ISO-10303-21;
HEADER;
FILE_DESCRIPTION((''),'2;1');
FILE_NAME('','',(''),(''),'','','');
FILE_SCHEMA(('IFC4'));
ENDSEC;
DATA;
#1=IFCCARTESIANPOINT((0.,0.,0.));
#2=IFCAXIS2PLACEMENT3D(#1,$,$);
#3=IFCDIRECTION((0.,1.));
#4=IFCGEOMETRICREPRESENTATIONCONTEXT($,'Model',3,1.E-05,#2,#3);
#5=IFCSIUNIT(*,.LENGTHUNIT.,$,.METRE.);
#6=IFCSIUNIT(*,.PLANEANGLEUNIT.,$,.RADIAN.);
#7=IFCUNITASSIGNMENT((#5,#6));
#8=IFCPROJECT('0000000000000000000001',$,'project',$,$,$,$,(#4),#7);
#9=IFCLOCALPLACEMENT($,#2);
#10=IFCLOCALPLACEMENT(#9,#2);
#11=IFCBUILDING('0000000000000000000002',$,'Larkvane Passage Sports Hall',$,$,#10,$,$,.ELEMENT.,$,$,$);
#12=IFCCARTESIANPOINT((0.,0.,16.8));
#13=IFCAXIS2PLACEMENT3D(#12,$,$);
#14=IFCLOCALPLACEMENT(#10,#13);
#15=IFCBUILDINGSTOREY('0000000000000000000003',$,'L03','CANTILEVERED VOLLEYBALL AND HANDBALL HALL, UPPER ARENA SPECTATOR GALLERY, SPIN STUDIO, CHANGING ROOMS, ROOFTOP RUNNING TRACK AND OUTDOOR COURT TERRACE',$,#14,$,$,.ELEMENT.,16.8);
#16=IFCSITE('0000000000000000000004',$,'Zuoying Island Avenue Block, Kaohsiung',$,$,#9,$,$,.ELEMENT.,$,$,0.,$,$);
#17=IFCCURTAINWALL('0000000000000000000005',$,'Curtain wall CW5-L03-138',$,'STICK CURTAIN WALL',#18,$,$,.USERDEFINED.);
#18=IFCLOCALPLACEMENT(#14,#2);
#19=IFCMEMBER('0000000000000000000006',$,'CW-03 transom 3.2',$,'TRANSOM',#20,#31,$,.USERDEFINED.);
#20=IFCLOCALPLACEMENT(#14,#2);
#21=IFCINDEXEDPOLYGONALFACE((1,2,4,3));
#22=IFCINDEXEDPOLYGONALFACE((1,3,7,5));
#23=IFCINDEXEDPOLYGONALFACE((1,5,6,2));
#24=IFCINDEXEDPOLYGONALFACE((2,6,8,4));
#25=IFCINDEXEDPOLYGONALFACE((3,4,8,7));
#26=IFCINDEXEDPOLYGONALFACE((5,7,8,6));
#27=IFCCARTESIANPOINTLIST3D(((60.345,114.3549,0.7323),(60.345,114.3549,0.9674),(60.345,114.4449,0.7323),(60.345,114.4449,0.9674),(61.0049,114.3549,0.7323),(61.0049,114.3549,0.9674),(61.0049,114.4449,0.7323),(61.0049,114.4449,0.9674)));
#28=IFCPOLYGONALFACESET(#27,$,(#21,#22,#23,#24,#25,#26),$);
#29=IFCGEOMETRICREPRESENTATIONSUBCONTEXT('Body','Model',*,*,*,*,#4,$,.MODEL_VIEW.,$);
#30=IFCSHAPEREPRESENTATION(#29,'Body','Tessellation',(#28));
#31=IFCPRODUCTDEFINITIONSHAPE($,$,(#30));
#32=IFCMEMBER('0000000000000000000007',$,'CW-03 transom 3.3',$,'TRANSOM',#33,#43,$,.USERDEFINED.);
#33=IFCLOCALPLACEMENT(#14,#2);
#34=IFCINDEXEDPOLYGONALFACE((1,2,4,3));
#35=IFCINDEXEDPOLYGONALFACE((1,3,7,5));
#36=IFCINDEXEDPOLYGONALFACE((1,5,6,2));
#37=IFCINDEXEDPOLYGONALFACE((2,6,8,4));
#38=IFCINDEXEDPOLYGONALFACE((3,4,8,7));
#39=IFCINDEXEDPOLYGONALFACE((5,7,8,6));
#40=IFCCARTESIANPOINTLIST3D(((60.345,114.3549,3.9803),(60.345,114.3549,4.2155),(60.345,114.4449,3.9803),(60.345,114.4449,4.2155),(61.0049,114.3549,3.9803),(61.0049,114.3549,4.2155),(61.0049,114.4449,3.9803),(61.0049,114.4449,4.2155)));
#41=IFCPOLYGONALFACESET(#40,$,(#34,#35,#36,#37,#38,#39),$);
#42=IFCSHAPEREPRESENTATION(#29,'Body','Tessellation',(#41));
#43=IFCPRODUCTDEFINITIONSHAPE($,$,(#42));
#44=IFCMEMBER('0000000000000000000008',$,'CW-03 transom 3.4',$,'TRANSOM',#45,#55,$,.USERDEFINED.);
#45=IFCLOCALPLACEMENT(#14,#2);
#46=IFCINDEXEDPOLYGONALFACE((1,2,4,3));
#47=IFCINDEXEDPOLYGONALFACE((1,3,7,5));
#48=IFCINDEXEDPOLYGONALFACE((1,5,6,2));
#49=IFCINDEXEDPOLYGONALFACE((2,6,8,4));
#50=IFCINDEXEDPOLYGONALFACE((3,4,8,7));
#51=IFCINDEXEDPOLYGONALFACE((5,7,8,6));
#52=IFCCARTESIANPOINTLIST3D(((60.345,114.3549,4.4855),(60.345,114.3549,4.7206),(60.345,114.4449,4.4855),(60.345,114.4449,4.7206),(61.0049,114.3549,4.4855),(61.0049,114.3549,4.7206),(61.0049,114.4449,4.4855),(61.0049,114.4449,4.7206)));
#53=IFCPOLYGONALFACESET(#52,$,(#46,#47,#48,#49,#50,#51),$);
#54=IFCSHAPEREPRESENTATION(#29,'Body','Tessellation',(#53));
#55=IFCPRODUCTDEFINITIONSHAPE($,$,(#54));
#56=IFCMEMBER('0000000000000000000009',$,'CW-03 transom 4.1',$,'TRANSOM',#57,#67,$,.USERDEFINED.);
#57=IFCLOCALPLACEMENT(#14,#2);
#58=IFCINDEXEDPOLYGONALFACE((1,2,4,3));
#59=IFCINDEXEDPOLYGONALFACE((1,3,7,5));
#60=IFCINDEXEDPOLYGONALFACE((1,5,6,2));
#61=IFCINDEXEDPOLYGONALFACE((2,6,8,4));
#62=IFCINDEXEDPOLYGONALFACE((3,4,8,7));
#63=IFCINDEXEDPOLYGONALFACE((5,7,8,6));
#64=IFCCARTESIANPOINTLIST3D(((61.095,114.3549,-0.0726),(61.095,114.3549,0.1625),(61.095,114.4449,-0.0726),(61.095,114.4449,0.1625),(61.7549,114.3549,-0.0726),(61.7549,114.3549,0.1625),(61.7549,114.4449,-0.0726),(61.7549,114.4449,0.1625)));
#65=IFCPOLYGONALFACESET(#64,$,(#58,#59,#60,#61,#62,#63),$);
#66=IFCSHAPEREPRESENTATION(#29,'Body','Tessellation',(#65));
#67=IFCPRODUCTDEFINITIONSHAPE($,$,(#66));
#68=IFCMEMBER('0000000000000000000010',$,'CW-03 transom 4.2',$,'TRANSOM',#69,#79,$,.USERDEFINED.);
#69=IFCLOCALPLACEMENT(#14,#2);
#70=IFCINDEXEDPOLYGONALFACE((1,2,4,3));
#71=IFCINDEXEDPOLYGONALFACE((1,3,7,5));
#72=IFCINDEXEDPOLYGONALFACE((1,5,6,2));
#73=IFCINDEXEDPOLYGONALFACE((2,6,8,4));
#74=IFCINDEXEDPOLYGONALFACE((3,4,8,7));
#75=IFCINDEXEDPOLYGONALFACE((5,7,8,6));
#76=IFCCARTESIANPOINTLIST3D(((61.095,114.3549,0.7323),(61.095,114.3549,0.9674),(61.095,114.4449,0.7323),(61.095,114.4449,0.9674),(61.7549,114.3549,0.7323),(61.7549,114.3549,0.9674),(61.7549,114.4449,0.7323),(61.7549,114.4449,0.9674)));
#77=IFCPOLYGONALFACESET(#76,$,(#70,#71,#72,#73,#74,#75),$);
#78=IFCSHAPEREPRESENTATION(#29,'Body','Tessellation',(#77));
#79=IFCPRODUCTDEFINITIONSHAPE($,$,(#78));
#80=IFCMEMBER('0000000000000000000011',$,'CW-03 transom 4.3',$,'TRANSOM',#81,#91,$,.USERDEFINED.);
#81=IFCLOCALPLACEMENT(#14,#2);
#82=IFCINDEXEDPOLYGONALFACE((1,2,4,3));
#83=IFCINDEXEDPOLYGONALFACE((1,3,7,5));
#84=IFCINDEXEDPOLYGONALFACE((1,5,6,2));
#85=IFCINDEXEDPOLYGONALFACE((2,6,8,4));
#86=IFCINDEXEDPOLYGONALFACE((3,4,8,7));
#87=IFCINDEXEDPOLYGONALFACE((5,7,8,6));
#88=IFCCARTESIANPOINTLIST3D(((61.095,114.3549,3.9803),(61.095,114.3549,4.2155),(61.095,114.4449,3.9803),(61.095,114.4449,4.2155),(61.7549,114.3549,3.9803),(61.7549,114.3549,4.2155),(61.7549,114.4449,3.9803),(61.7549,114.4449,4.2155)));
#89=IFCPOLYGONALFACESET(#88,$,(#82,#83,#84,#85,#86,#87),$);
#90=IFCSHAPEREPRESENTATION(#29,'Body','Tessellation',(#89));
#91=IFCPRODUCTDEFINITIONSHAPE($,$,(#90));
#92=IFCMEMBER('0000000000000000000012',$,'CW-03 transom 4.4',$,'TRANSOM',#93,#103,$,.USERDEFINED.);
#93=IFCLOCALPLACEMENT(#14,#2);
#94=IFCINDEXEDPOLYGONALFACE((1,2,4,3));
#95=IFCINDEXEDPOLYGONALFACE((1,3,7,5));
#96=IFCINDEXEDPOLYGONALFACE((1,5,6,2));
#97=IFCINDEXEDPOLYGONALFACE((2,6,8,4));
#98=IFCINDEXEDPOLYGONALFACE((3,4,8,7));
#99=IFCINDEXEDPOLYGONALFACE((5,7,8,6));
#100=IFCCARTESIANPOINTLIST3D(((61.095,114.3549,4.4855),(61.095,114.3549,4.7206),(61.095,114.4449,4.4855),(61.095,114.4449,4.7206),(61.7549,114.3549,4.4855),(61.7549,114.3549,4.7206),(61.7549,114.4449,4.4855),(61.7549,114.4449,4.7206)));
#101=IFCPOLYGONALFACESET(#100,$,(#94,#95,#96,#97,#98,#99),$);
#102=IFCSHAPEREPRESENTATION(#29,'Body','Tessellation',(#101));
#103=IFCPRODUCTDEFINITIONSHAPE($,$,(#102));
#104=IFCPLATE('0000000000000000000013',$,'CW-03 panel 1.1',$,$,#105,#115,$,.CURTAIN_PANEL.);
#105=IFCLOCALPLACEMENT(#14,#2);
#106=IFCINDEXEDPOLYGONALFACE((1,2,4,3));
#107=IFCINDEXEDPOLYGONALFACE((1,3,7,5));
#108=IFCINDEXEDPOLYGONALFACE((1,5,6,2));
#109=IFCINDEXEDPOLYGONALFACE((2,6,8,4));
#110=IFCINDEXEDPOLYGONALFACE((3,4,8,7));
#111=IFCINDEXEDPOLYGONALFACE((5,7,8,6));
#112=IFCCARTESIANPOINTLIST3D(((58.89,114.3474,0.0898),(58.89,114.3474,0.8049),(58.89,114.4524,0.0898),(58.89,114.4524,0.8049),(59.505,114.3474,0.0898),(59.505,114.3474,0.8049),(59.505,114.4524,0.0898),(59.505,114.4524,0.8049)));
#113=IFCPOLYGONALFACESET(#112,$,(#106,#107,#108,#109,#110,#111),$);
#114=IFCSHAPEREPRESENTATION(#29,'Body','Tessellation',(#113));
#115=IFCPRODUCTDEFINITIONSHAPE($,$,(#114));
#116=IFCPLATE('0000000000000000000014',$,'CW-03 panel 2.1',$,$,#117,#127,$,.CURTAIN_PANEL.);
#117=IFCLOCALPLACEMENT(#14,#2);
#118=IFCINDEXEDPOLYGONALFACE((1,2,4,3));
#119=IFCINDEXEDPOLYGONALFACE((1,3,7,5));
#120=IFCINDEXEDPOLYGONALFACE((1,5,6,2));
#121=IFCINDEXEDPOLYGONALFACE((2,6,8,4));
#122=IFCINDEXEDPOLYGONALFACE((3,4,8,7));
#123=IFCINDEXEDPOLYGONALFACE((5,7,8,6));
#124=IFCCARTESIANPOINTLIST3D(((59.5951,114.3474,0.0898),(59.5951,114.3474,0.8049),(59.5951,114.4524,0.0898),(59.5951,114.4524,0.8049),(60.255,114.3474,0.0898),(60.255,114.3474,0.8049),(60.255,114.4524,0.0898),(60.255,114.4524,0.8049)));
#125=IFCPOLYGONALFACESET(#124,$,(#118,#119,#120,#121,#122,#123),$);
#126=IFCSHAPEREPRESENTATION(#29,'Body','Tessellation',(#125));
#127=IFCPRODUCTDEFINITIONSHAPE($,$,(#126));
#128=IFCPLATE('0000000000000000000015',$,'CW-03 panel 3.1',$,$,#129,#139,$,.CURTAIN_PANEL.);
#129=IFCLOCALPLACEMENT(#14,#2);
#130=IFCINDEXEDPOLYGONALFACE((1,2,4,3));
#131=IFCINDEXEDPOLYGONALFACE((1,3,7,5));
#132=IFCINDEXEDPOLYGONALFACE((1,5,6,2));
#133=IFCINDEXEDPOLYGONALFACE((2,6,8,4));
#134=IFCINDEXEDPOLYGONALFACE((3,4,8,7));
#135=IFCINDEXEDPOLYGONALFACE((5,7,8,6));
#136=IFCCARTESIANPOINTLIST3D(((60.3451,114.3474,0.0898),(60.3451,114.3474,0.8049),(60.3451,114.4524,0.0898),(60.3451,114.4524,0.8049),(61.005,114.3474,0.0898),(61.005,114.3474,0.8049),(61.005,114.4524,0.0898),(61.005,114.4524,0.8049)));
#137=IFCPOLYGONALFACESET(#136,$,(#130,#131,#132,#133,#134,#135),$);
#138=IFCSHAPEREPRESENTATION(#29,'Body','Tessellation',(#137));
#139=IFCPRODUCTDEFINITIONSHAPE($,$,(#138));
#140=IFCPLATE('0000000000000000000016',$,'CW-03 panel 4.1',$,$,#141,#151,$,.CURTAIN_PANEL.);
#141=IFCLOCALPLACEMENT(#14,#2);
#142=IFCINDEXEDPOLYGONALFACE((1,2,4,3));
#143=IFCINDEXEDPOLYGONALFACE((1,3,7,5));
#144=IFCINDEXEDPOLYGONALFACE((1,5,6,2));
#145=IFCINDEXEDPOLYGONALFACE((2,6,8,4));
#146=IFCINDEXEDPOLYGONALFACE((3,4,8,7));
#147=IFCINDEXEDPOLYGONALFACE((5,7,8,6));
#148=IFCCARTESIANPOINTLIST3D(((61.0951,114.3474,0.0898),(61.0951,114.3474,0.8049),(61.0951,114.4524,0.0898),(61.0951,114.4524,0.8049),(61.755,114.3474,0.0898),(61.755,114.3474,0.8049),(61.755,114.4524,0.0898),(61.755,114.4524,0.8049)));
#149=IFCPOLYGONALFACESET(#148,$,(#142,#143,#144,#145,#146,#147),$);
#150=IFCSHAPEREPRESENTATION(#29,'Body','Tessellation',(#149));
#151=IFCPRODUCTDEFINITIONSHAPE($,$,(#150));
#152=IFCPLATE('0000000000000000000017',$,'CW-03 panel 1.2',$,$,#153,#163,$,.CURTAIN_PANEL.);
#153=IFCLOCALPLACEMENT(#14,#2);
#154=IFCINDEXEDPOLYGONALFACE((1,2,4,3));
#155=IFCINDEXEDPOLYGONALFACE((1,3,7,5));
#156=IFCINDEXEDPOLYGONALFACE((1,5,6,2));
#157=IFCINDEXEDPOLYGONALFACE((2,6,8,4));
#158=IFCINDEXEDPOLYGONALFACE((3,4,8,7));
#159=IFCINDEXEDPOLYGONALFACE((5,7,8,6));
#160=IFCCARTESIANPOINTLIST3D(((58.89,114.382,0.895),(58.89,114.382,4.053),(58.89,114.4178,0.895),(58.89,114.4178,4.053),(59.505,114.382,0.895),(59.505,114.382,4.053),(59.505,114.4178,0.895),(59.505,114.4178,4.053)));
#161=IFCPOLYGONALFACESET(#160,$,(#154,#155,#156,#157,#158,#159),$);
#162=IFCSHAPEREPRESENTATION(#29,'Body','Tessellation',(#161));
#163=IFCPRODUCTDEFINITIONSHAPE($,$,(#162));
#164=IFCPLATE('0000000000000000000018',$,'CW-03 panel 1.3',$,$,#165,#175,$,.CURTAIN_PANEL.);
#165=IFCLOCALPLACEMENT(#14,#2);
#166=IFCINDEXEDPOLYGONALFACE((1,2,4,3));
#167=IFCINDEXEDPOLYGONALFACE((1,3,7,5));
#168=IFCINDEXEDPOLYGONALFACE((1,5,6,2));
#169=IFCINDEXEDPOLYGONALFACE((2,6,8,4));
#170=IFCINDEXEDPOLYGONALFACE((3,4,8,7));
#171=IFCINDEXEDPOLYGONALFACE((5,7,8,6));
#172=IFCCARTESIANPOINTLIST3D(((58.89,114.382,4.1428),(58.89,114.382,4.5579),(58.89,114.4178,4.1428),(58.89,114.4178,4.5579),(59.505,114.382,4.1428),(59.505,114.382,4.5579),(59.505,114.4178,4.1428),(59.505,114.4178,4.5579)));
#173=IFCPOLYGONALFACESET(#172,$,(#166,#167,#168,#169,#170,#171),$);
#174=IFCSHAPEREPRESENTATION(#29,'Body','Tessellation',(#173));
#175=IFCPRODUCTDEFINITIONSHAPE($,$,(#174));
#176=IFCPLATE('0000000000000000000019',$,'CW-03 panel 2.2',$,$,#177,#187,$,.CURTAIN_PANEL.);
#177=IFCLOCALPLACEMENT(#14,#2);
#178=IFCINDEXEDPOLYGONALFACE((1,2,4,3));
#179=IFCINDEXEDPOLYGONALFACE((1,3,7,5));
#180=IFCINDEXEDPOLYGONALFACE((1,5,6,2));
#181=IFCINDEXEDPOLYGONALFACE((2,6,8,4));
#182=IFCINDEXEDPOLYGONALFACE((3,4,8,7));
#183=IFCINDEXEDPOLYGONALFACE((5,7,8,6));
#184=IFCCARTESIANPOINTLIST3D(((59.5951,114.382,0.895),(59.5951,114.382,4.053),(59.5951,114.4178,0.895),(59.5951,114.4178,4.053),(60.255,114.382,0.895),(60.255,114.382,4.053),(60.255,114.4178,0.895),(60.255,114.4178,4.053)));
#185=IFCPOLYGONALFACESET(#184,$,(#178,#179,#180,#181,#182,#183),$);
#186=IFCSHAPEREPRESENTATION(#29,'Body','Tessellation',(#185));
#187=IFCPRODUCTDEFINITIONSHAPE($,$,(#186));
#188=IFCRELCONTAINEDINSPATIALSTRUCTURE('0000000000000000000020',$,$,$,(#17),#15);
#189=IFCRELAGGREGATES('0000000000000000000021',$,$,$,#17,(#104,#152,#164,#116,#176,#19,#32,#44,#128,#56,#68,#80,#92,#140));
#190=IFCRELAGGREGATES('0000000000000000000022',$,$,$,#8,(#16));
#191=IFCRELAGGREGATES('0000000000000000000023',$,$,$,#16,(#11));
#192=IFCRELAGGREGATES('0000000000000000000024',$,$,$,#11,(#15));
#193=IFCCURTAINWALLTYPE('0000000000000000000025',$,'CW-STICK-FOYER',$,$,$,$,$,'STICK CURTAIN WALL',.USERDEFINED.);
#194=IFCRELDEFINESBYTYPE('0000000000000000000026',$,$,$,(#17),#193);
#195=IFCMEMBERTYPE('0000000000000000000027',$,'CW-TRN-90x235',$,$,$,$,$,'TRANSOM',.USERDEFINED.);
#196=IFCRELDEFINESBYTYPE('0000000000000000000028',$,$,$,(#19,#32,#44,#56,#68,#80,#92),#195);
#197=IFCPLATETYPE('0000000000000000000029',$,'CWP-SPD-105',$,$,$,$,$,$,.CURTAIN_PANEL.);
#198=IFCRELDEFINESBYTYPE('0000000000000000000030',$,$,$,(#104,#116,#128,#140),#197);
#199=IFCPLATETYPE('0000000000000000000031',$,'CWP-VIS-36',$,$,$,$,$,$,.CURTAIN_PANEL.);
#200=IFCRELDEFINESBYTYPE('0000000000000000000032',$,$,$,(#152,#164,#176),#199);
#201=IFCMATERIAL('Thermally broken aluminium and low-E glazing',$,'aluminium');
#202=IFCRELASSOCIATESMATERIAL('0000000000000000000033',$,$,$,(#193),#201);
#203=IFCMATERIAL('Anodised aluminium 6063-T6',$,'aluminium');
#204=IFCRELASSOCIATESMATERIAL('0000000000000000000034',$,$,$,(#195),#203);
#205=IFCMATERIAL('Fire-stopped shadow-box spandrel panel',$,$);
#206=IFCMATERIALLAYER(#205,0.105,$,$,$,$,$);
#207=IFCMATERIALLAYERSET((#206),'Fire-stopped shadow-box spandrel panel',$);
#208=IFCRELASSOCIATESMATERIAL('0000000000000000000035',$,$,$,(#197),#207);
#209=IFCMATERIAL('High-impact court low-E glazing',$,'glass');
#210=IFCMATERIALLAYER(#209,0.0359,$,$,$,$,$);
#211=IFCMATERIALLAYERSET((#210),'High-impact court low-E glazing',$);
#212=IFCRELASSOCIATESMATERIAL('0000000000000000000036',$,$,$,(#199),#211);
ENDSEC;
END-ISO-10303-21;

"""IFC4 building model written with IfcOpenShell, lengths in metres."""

from ifc_helpers import new_model, si_unit, direction, frame, origin, origin_2d, place, context, subcontext, project, spatial, rectangle, extrude, material, layer, layer_set, material_profile, profile_set, type_object, element, aggregate, save


model = new_model("IFC4")

# Units and contexts
model_context = context("Model", 3, precision=1e-05, world=origin(), true_north=direction((0.0, 1.0)))
body_context = subcontext(model_context, "Body", "Model", "MODEL_VIEW")
ifc_project = project(units=[si_unit("LENGTHUNIT", "METRE"), si_unit("PLANEANGLEUNIT", "RADIAN")], contexts=[model_context])

# Site, building, storey
site_placement = place(None, origin())
site = spatial("IfcSite", under=ifc_project, at=site_placement, Name="Zuoying Island Avenue Block, Kaohsiung", CompositionType="ELEMENT", RefElevation=0.0)
building_placement = place(site_placement, origin())
building = spatial("IfcBuilding", under=site, at=building_placement, Name="Larkvane Passage Sports Hall", CompositionType="ELEMENT")
storey_placement = place(building_placement, frame((0.0, 0.0, 16.8)))
storey = spatial("IfcBuildingStorey", under=building, at=storey_placement, Name="L03", Description="CANTILEVERED VOLLEYBALL AND HANDBALL HALL, UPPER ARENA SPECTATOR GALLERY, SPIN STUDIO, CHANGING ROOMS, ROOFTOP RUNNING TRACK AND OUTDOOR COURT TERRACE", CompositionType="ELEMENT", Elevation=16.8)

# Shared definitions
ifc_material_1 = material(Name="Thermally broken aluminium and low-E glazing", Category="aluminium")
ifc_material_2 = material(Name="Anodised aluminium 6063-T6", Category="aluminium")

# Curtain wall, members, plates
curtain_wall_type_1 = type_object("IfcCurtainWallType", Name="CW-STICK-FOYER", ElementType="STICK CURTAIN WALL", PredefinedType="USERDEFINED", material=ifc_material_1)
curtain_wall_1_placement = place(storey_placement, origin())
curtain_wall_1 = element("IfcCurtainWall", 1, at=curtain_wall_1_placement, inside=storey, type_object=curtain_wall_type_1, Name="Curtain wall CW5-L03-138", ObjectType="STICK CURTAIN WALL", PredefinedType="USERDEFINED")
ifc_material_profile_1 = material_profile(ifc_material_2, rectangle(XDim=0.0901, YDim=0.2351, at=origin_2d()), Name="ALU-TRN-90x235")
ifc_profile_set_1 = profile_set([ifc_material_profile_1], Name="Anodised aluminium 6063-T6")
member_type_1 = type_object("IfcMemberType", Name="CW-TRN-90x235", ElementType="TRANSOM", PredefinedType="USERDEFINED", material=ifc_profile_set_1)
member_1_placement = place(storey_placement, frame((60.345, 114.3999, 0.8499), z_axis=(1.0, 0.0, 0.0), x_axis=(0.0, 1.0, 0.0)))
member_1 = element("IfcMember", 2, at=member_1_placement, type_object=member_type_1, Name="CW-03 transom 3.2", ObjectType="TRANSOM", PredefinedType="USERDEFINED", context=body_context, shape_type="SweptSolid", body=[
    extrude(rectangle(XDim=0.0901, YDim=0.2351, at=origin_2d()), origin(), (0.0, 0.0, 1.0), 0.6599),
])
member_2_placement = place(storey_placement, frame((60.345, 114.3999, 4.0979), z_axis=(1.0, 0.0, 0.0), x_axis=(0.0, 1.0, 0.0)))
member_2 = element("IfcMember", 3, at=member_2_placement, type_object=member_type_1, Name="CW-03 transom 3.3", ObjectType="TRANSOM", PredefinedType="USERDEFINED", context=body_context, shape_type="SweptSolid", body=[
    extrude(rectangle(XDim=0.0901, YDim=0.2351, at=origin_2d()), origin(), (0.0, 0.0, 1.0), 0.6599),
])
member_3_placement = place(storey_placement, frame((60.345, 114.3999, 4.603), z_axis=(1.0, 0.0, 0.0), x_axis=(0.0, 1.0, 0.0)))
member_3 = element("IfcMember", 4, at=member_3_placement, type_object=member_type_1, Name="CW-03 transom 3.4", ObjectType="TRANSOM", PredefinedType="USERDEFINED", context=body_context, shape_type="SweptSolid", body=[
    extrude(rectangle(XDim=0.0901, YDim=0.2351, at=origin_2d()), origin(), (0.0, 0.0, 1.0), 0.6599),
])
member_4_placement = place(storey_placement, frame((61.095, 114.3999, 0.0449), z_axis=(1.0, 0.0, 0.0), x_axis=(0.0, 1.0, 0.0)))
member_4 = element("IfcMember", 5, at=member_4_placement, type_object=member_type_1, Name="CW-03 transom 4.1", ObjectType="TRANSOM", PredefinedType="USERDEFINED", context=body_context, shape_type="SweptSolid", body=[
    extrude(rectangle(XDim=0.0901, YDim=0.2351, at=origin_2d()), origin(), (0.0, 0.0, 1.0), 0.6599),
])
member_5_placement = place(storey_placement, frame((61.095, 114.3999, 0.8499), z_axis=(1.0, 0.0, 0.0), x_axis=(0.0, 1.0, 0.0)))
member_5 = element("IfcMember", 6, at=member_5_placement, type_object=member_type_1, Name="CW-03 transom 4.2", ObjectType="TRANSOM", PredefinedType="USERDEFINED", context=body_context, shape_type="SweptSolid", body=[
    extrude(rectangle(XDim=0.0901, YDim=0.2351, at=origin_2d()), origin(), (0.0, 0.0, 1.0), 0.6599),
])
member_6_placement = place(storey_placement, frame((61.095, 114.3999, 4.0979), z_axis=(1.0, 0.0, 0.0), x_axis=(0.0, 1.0, 0.0)))
member_6 = element("IfcMember", 7, at=member_6_placement, type_object=member_type_1, Name="CW-03 transom 4.3", ObjectType="TRANSOM", PredefinedType="USERDEFINED", context=body_context, shape_type="SweptSolid", body=[
    extrude(rectangle(XDim=0.0901, YDim=0.2351, at=origin_2d()), origin(), (0.0, 0.0, 1.0), 0.6599),
])
member_7_placement = place(storey_placement, frame((61.095, 114.3999, 4.603), z_axis=(1.0, 0.0, 0.0), x_axis=(0.0, 1.0, 0.0)))
member_7 = element("IfcMember", 8, at=member_7_placement, type_object=member_type_1, Name="CW-03 transom 4.4", ObjectType="TRANSOM", PredefinedType="USERDEFINED", context=body_context, shape_type="SweptSolid", body=[
    extrude(rectangle(XDim=0.0901, YDim=0.2351, at=origin_2d()), origin(), (0.0, 0.0, 1.0), 0.6599),
])
ifc_material_3 = material(Name="Fire-stopped shadow-box spandrel panel")
ifc_layer_1 = layer(ifc_material_3, 0.105)
ifc_layer_set_1 = layer_set([ifc_layer_1], Name="Fire-stopped shadow-box spandrel panel")
plate_type_1 = type_object("IfcPlateType", Name="CWP-SPD-105", PredefinedType="CURTAIN_PANEL", material=ifc_layer_set_1)
plate_1_placement = place(storey_placement, frame((59.1975, 114.3999, 0.0898), z_axis=(0.0, 0.0, 1.0), x_axis=(1.0, 0.0, 0.0)))
plate_1 = element("IfcPlate", 9, at=plate_1_placement, type_object=plate_type_1, Name="CW-03 panel 1.1", PredefinedType="CURTAIN_PANEL", context=body_context, shape_type="SweptSolid", body=[
    extrude(rectangle(XDim=0.615, YDim=0.105, at=origin_2d()), origin(), (0.0, 0.0, 1.0), 0.7151),
])
plate_2_placement = place(storey_placement, frame((59.925, 114.3999, 0.0898), z_axis=(0.0, 0.0, 1.0), x_axis=(1.0, 0.0, 0.0)))
plate_2 = element("IfcPlate", 10, at=plate_2_placement, type_object=plate_type_1, Name="CW-03 panel 2.1", PredefinedType="CURTAIN_PANEL", context=body_context, shape_type="SweptSolid", body=[
    extrude(rectangle(XDim=0.6599, YDim=0.105, at=origin_2d()), origin(), (0.0, 0.0, 1.0), 0.7151),
])
plate_3_placement = place(storey_placement, frame((60.675, 114.3999, 0.0898), z_axis=(0.0, 0.0, 1.0), x_axis=(1.0, 0.0, 0.0)))
plate_3 = element("IfcPlate", 11, at=plate_3_placement, type_object=plate_type_1, Name="CW-03 panel 3.1", PredefinedType="CURTAIN_PANEL", context=body_context, shape_type="SweptSolid", body=[
    extrude(rectangle(XDim=0.6599, YDim=0.105, at=origin_2d()), origin(), (0.0, 0.0, 1.0), 0.7151),
])
plate_4_placement = place(storey_placement, frame((61.425, 114.3999, 0.0898), z_axis=(0.0, 0.0, 1.0), x_axis=(1.0, 0.0, 0.0)))
plate_4 = element("IfcPlate", 12, at=plate_4_placement, type_object=plate_type_1, Name="CW-03 panel 4.1", PredefinedType="CURTAIN_PANEL", context=body_context, shape_type="SweptSolid", body=[
    extrude(rectangle(XDim=0.6599, YDim=0.105, at=origin_2d()), origin(), (0.0, 0.0, 1.0), 0.7151),
])
ifc_material_4 = material(Name="High-impact court low-E glazing", Category="glass")
ifc_layer_2 = layer(ifc_material_4, 0.0359)
ifc_layer_set_2 = layer_set([ifc_layer_2], Name="High-impact court low-E glazing")
plate_type_2 = type_object("IfcPlateType", Name="CWP-VIS-36", PredefinedType="CURTAIN_PANEL", material=ifc_layer_set_2)
plate_5_placement = place(storey_placement, frame((59.1975, 114.3999, 0.895), z_axis=(0.0, 0.0, 1.0), x_axis=(1.0, 0.0, 0.0)))
plate_5 = element("IfcPlate", 13, at=plate_5_placement, type_object=plate_type_2, Name="CW-03 panel 1.2", PredefinedType="CURTAIN_PANEL", context=body_context, shape_type="SweptSolid", body=[
    extrude(rectangle(XDim=0.615, YDim=0.0359, at=origin_2d()), origin(), (0.0, 0.0, 1.0), 3.158),
])
plate_6_placement = place(storey_placement, frame((59.1975, 114.3999, 4.1428), z_axis=(0.0, 0.0, 1.0), x_axis=(1.0, 0.0, 0.0)))
plate_6 = element("IfcPlate", 14, at=plate_6_placement, type_object=plate_type_2, Name="CW-03 panel 1.3", PredefinedType="CURTAIN_PANEL", context=body_context, shape_type="SweptSolid", body=[
    extrude(rectangle(XDim=0.615, YDim=0.0359, at=origin_2d()), origin(), (0.0, 0.0, 1.0), 0.415),
])
plate_7_placement = place(storey_placement, frame((59.925, 114.3999, 0.895), z_axis=(0.0, 0.0, 1.0), x_axis=(1.0, 0.0, 0.0)))
plate_7 = element("IfcPlate", 15, at=plate_7_placement, type_object=plate_type_2, Name="CW-03 panel 2.2", PredefinedType="CURTAIN_PANEL", context=body_context, shape_type="SweptSolid", body=[
    extrude(rectangle(XDim=0.6599, YDim=0.0359, at=origin_2d()), origin(), (0.0, 0.0, 1.0), 3.158),
])
aggregate(curtain_wall_1, [plate_1, plate_5, plate_6, plate_2, plate_7, member_1, member_2, member_3, plate_3, member_4, member_5, member_6, member_7, plate_4])

save(model, "model.ifc")
